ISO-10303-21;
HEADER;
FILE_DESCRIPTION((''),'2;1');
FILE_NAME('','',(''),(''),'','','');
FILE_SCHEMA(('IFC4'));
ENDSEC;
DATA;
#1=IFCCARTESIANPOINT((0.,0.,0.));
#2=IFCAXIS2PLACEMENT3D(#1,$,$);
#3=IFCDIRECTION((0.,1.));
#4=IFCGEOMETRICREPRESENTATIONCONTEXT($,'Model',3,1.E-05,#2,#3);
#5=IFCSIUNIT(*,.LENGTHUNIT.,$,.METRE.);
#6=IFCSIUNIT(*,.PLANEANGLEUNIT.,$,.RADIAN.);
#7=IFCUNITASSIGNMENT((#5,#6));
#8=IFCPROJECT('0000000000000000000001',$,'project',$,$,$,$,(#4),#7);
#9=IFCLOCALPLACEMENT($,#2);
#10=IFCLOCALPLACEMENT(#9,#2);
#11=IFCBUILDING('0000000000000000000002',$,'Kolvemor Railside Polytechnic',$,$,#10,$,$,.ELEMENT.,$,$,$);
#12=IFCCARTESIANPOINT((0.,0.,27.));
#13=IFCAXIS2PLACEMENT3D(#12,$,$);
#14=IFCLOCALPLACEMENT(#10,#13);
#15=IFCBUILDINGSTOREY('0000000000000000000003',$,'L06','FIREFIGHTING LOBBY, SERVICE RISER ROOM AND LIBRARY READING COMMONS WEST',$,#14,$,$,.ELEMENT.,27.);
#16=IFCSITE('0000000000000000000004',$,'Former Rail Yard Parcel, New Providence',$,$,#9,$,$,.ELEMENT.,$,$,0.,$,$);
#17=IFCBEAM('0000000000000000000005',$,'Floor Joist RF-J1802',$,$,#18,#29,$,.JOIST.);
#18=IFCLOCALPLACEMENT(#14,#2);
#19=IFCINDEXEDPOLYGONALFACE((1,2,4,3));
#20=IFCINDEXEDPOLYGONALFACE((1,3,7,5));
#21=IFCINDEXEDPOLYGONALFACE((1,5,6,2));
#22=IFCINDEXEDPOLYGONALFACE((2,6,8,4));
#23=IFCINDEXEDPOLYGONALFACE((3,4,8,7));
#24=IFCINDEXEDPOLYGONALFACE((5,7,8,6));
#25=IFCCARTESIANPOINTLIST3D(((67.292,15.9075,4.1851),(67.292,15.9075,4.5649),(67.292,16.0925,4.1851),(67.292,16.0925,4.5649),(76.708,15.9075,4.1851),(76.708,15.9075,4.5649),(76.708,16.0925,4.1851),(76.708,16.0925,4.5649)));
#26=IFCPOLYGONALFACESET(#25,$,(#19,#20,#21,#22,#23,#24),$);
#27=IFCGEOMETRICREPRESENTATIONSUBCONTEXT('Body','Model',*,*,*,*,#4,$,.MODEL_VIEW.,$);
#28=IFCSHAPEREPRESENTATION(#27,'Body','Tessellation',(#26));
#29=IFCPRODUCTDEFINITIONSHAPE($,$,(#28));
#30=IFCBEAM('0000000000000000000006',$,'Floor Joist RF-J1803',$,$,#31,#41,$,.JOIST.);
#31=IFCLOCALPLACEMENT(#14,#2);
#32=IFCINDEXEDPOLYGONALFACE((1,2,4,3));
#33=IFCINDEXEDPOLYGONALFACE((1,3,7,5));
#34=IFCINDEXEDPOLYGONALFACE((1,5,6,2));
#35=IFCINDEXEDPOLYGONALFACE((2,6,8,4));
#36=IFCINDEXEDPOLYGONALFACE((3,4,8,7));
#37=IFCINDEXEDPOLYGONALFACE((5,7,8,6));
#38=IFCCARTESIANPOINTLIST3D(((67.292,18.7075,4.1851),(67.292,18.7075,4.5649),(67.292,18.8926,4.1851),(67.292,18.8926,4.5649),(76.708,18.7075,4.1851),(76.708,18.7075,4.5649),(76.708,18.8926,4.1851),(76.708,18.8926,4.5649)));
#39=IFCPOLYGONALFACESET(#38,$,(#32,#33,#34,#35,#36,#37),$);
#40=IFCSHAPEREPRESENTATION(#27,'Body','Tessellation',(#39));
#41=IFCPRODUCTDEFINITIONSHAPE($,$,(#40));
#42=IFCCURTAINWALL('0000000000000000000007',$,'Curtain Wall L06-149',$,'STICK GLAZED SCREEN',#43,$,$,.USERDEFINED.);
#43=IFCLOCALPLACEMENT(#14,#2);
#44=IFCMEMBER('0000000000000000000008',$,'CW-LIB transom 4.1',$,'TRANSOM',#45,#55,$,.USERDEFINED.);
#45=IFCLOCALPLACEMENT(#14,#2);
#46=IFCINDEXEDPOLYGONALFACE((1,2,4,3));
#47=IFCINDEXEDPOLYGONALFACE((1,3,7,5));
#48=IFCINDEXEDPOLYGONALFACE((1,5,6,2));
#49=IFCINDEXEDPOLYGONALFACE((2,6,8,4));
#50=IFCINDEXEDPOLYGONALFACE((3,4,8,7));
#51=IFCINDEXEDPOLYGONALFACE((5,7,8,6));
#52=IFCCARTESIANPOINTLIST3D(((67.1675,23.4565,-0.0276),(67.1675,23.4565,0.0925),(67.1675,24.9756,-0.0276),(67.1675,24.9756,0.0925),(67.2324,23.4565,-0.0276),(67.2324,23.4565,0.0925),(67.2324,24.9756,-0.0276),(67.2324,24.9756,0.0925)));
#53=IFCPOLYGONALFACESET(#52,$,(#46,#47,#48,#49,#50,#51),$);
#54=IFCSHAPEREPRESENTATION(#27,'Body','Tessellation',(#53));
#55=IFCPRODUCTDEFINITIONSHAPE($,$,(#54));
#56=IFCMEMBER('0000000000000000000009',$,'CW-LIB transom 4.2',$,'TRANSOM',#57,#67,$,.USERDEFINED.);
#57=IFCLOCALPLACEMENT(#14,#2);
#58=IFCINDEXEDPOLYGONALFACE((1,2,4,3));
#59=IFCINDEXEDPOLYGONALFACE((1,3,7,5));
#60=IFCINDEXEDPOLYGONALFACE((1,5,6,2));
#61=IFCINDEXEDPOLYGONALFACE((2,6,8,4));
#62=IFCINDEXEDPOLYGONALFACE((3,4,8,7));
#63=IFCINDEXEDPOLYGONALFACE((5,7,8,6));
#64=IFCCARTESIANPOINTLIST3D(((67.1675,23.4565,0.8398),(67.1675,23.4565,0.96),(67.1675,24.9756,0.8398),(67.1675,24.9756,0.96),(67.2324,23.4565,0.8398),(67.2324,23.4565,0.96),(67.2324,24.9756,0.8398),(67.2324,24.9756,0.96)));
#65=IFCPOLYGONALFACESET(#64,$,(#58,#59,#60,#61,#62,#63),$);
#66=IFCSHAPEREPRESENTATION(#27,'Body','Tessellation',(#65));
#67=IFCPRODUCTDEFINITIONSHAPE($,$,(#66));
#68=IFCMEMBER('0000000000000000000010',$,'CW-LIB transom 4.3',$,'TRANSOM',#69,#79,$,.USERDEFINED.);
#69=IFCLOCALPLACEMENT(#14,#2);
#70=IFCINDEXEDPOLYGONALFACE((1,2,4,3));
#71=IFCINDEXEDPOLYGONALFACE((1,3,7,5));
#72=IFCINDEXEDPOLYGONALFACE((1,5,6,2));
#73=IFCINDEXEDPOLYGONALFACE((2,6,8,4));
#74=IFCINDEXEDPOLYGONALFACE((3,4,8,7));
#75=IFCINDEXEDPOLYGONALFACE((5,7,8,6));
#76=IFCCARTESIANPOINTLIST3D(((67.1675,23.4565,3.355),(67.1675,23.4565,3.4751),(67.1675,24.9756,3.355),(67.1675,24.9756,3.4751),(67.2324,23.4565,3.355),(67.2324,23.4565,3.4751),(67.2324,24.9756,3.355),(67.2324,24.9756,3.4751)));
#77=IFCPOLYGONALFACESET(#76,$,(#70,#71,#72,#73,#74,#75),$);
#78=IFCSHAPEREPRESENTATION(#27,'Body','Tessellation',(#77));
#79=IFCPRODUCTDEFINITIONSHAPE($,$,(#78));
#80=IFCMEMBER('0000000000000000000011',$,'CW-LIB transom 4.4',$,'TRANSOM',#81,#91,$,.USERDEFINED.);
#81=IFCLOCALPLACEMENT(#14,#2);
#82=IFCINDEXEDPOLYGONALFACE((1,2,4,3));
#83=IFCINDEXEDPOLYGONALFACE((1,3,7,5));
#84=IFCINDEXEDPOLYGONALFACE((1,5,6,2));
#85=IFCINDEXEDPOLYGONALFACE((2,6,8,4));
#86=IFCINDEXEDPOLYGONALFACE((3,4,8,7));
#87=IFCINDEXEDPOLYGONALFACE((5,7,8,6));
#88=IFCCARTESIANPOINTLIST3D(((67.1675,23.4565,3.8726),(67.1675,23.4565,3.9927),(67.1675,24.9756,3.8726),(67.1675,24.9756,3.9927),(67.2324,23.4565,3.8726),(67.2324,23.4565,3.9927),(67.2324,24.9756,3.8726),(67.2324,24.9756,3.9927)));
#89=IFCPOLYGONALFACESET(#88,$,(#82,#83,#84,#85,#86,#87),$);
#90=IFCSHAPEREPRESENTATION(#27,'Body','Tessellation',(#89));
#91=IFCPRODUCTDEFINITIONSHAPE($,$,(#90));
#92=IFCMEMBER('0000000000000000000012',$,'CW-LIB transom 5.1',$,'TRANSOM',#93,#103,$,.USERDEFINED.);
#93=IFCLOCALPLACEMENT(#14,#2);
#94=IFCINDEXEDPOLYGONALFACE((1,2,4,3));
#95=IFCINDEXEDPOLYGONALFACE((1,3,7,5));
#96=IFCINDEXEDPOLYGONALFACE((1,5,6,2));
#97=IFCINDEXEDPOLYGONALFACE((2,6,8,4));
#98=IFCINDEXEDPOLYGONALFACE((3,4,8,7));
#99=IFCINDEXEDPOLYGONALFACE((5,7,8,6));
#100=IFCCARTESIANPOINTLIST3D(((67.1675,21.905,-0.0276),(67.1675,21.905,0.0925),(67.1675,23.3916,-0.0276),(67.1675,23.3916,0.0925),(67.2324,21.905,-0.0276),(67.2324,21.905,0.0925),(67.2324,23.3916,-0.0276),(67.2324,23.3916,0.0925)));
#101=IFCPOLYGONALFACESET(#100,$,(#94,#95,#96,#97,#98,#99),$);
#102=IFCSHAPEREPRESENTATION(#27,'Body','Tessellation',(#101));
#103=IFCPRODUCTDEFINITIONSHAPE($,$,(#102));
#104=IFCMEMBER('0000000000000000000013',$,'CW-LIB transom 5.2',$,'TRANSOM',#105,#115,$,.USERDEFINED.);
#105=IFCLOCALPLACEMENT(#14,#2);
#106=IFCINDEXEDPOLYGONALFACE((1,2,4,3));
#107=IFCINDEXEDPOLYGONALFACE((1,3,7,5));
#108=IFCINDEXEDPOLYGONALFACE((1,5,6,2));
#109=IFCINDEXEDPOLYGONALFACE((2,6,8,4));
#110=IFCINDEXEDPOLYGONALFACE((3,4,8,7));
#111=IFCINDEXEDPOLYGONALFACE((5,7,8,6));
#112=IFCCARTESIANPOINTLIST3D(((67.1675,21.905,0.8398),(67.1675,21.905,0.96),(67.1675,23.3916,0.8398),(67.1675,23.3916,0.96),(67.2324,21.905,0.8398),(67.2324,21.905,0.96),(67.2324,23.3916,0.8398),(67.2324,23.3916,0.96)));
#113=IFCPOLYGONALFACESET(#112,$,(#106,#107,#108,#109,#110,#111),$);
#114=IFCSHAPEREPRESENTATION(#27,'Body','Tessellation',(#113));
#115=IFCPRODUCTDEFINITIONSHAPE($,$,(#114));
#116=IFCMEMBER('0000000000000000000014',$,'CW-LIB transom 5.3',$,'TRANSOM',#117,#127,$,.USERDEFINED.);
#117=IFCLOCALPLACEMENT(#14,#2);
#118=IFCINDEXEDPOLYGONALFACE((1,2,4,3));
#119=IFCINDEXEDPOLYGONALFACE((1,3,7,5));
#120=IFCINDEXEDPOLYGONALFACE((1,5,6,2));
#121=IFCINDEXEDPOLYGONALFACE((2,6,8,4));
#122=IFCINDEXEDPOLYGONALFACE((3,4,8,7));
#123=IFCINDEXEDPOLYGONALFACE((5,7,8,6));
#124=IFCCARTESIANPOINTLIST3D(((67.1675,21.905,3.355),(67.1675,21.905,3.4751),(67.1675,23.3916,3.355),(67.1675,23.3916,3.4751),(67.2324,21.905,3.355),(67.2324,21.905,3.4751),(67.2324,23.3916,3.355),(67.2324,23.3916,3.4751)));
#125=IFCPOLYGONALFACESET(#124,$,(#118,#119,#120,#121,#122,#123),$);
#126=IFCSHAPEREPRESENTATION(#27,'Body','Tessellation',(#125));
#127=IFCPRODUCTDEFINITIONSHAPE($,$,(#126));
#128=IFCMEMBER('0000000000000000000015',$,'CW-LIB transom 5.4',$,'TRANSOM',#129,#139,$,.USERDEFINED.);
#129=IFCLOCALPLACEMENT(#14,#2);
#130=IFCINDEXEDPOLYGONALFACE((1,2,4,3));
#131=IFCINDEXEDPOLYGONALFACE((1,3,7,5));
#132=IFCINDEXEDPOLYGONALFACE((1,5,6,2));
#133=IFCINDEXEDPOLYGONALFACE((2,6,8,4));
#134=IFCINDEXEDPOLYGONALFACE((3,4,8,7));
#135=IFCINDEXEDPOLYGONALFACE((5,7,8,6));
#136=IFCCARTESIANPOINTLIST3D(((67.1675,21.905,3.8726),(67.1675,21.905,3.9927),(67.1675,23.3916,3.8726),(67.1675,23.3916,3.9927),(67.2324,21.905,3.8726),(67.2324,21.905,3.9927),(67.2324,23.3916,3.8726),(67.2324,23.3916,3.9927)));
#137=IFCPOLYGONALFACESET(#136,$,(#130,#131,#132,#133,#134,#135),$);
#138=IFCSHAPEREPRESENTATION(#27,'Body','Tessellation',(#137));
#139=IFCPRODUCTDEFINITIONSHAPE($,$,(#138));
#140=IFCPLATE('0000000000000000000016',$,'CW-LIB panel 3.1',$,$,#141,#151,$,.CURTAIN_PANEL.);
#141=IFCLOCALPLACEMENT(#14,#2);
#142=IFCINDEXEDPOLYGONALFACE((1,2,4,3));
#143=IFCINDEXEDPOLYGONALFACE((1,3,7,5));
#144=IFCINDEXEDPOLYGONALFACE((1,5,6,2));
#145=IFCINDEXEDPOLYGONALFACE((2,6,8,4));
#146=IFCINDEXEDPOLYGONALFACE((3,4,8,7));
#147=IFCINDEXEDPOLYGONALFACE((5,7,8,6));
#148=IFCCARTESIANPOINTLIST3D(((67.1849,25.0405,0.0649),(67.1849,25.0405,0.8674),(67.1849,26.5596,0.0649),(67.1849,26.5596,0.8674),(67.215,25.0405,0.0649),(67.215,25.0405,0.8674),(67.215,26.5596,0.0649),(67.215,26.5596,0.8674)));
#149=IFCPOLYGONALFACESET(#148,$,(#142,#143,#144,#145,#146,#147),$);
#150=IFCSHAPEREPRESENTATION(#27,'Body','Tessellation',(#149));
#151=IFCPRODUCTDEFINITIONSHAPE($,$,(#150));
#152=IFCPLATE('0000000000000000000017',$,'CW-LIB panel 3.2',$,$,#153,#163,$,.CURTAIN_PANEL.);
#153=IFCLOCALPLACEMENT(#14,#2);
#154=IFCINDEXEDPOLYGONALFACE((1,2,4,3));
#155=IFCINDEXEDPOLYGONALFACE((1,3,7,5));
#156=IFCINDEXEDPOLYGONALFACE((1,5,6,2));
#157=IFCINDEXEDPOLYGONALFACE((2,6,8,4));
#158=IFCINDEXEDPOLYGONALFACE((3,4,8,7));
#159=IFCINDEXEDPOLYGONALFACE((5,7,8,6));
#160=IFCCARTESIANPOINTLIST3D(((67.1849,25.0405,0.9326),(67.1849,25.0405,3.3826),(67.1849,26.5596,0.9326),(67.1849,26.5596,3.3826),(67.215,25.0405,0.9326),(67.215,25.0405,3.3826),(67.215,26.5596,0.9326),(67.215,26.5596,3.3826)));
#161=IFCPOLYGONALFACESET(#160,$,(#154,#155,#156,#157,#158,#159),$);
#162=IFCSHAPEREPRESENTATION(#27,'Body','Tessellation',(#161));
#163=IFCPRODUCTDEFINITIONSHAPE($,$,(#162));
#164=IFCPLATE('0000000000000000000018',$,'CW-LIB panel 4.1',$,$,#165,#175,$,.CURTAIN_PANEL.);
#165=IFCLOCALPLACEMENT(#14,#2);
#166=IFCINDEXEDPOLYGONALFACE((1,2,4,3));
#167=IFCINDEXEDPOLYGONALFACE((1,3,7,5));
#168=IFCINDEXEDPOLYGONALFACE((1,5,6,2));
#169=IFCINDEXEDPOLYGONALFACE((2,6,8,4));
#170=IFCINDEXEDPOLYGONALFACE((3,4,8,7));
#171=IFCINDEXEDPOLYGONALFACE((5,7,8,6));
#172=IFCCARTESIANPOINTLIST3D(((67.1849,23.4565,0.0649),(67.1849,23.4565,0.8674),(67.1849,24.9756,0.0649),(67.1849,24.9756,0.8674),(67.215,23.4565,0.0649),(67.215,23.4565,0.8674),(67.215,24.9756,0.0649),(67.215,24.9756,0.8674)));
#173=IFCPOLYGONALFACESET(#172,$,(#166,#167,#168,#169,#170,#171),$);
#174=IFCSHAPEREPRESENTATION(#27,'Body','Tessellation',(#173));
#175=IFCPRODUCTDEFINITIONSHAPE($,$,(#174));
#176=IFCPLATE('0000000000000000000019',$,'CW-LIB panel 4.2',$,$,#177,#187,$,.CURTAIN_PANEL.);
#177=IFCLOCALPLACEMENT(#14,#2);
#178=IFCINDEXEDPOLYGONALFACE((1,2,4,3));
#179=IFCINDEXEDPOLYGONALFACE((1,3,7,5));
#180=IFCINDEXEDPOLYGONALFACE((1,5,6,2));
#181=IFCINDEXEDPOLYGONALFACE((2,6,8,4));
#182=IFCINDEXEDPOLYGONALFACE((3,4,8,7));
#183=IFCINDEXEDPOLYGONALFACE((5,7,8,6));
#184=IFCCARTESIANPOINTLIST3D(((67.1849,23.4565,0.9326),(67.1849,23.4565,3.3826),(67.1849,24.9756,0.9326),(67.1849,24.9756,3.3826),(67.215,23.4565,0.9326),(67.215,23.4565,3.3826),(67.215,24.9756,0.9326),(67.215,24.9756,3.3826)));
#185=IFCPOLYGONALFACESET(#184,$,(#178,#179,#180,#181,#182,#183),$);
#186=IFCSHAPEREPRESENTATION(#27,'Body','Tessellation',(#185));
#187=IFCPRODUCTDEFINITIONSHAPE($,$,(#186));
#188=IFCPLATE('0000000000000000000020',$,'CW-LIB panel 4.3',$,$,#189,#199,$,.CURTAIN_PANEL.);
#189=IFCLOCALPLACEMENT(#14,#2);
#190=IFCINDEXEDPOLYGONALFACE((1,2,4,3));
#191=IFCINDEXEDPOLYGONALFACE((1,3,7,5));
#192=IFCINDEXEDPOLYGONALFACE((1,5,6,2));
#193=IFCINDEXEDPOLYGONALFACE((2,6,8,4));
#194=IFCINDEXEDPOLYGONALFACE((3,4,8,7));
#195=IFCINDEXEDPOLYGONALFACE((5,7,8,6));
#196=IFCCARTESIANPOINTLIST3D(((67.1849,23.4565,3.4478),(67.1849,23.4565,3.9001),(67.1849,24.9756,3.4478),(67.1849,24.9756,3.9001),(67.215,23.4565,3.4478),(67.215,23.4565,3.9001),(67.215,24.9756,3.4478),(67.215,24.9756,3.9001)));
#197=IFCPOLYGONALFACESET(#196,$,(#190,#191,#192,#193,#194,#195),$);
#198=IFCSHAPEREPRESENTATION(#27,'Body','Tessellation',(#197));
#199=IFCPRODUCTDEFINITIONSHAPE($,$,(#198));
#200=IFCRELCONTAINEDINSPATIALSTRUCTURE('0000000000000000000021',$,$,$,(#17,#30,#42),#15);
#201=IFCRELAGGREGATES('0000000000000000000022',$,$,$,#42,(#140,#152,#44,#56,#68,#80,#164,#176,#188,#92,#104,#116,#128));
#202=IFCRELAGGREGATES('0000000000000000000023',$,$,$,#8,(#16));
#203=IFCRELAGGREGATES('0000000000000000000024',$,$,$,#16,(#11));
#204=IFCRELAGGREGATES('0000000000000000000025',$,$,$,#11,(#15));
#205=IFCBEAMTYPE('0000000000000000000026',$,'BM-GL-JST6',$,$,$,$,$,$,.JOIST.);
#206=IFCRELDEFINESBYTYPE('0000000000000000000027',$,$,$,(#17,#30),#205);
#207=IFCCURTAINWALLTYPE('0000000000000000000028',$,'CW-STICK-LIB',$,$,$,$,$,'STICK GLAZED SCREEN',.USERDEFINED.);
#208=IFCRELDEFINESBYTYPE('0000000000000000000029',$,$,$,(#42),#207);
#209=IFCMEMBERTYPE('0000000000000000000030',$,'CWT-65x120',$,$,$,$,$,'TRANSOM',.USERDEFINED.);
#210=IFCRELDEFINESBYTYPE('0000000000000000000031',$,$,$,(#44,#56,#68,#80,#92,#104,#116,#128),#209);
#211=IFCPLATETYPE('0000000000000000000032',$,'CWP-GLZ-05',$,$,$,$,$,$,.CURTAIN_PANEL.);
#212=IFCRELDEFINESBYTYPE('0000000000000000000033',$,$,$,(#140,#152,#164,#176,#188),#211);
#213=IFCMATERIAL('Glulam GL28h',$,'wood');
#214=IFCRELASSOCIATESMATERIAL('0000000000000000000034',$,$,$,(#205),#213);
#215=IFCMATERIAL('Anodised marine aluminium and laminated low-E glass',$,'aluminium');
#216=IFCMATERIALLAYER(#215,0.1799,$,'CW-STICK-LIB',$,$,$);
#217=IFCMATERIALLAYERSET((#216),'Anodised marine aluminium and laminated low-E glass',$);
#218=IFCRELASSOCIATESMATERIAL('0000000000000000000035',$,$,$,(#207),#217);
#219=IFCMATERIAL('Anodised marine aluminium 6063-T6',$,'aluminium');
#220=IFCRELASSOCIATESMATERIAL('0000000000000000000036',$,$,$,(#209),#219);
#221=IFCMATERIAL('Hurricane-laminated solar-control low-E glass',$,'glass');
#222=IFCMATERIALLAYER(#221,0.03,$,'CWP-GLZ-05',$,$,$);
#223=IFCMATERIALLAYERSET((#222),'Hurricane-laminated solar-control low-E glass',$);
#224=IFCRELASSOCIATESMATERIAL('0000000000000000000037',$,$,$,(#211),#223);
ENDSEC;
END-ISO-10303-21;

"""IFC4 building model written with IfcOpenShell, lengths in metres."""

from ifc_helpers import new_model, si_unit, direction, frame, origin, origin_2d, place, context, subcontext, project, spatial, rectangle, extrude, material, layer, layer_set, material_profile, profile_set, type_object, element, aggregate, save


model = new_model("IFC4")

# Units and contexts
model_context = context("Model", 3, precision=1e-05, world=origin(), true_north=direction((0.0, 1.0)))
body_context = subcontext(model_context, "Body", "Model", "MODEL_VIEW")
ifc_project = project(units=[si_unit("LENGTHUNIT", "METRE"), si_unit("PLANEANGLEUNIT", "RADIAN")], contexts=[model_context])

# Site, building, storey
site_placement = place(None, origin())
site = spatial("IfcSite", under=ifc_project, at=site_placement, Name="Former Rail Yard Parcel, New Providence", CompositionType="ELEMENT", RefElevation=0.0)
building_placement = place(site_placement, origin())
building = spatial("IfcBuilding", under=site, at=building_placement, Name="Kolvemor Railside Polytechnic", CompositionType="ELEMENT")
storey_placement = place(building_placement, frame((0.0, 0.0, 27.0)))
storey = spatial("IfcBuildingStorey", under=building, at=storey_placement, Name="L06", Description="FIREFIGHTING LOBBY, SERVICE RISER ROOM AND LIBRARY READING COMMONS WEST", CompositionType="ELEMENT", Elevation=27.0)

# Beams
ifc_material_1 = material(Name="Glulam GL28h", Category="wood")
ifc_material_profile_1 = material_profile(ifc_material_1, rectangle(XDim=0.1851, YDim=0.3799, at=origin_2d()), Name="GL185x380")
ifc_profile_set_1 = profile_set([ifc_material_profile_1], Name="Glulam GL28h")
beam_type = type_object("IfcBeamType", Name="BM-GL-JST6", PredefinedType="JOIST", material=ifc_profile_set_1)
for number, where, z_axis, x_axis, name in (
    (1, (67.292, 16.0, 4.375), (1.0, 0.0, 0.0), (0.0, 1.0, 0.0), "Floor Joist RF-J1802"),
    (2, (67.292, 18.8, 4.375), (1.0, 0.0, 0.0), (0.0, 1.0, 0.0), "Floor Joist RF-J1803"),
):
    element("IfcBeam", number, at=place(storey_placement, frame(where, z_axis=z_axis, x_axis=x_axis)), inside=storey, type_object=beam_type, Name=name, PredefinedType="JOIST", context=body_context, shape_type="SweptSolid", body=[
        extrude(rectangle(XDim=0.1851, YDim=0.3799, at=origin_2d()), origin(), (0.0, 0.0, 1.0), 9.416),
    ])

# Curtain wall, members, plates
ifc_material_2 = material(Name="Anodised marine aluminium and laminated low-E glass", Category="aluminium")
ifc_layer_1 = layer(ifc_material_2, 0.1799, Name="CW-STICK-LIB")
ifc_layer_set_1 = layer_set([ifc_layer_1], Name="Anodised marine aluminium and laminated low-E glass")
curtain_wall_type = type_object("IfcCurtainWallType", Name="CW-STICK-LIB", ElementType="STICK GLAZED SCREEN", PredefinedType="USERDEFINED", material=ifc_layer_set_1)
curtain_wall_placement = place(storey_placement, origin())
curtain_wall = element("IfcCurtainWall", 3, at=curtain_wall_placement, inside=storey, type_object=curtain_wall_type, Name="Curtain Wall L06-149", ObjectType="STICK GLAZED SCREEN", PredefinedType="USERDEFINED")
ifc_material_3 = material(Name="Anodised marine aluminium 6063-T6", Category="aluminium")
ifc_material_profile_2 = material_profile(ifc_material_3, rectangle(XDim=0.0649, YDim=0.1201, at=origin_2d()), Name="CW-TRN-65x120")
ifc_profile_set_2 = profile_set([ifc_material_profile_2], Name="Anodised marine aluminium 6063-T6")
member_type = type_object("IfcMemberType", Name="CWT-65x120", ElementType="TRANSOM", PredefinedType="USERDEFINED", material=ifc_profile_set_2)
member_1_placement = place(storey_placement, frame((67.2, 24.9756, 0.0325), z_axis=(0.0, -1.0, 0.0), x_axis=(1.0, 0.0, 0.0)))
member_1 = element("IfcMember", 4, at=member_1_placement, type_object=member_type, Name="CW-LIB transom 4.1", ObjectType="TRANSOM", PredefinedType="USERDEFINED", context=body_context, shape_type="SweptSolid", body=[
    extrude(rectangle(XDim=0.0649, YDim=0.1201, at=origin_2d()), origin(), (0.0, 0.0, 1.0), 1.519),
])
member_2_placement = place(storey_placement, frame((67.2, 24.9756, 0.8999), z_axis=(0.0, -1.0, 0.0), x_axis=(1.0, 0.0, 0.0)))
member_2 = element("IfcMember", 5, at=member_2_placement, type_object=member_type, Name="CW-LIB transom 4.2", ObjectType="TRANSOM", PredefinedType="USERDEFINED", context=body_context, shape_type="SweptSolid", body=[
    extrude(rectangle(XDim=0.0649, YDim=0.1201, at=origin_2d()), origin(), (0.0, 0.0, 1.0), 1.519),
])
member_3_placement = place(storey_placement, frame((67.2, 24.9756, 3.415), z_axis=(0.0, -1.0, 0.0), x_axis=(1.0, 0.0, 0.0)))
member_3 = element("IfcMember", 6, at=member_3_placement, type_object=member_type, Name="CW-LIB transom 4.3", ObjectType="TRANSOM", PredefinedType="USERDEFINED", context=body_context, shape_type="SweptSolid", body=[
    extrude(rectangle(XDim=0.0649, YDim=0.1201, at=origin_2d()), origin(), (0.0, 0.0, 1.0), 1.519),
])
member_4_placement = place(storey_placement, frame((67.2, 24.9756, 3.9326), z_axis=(0.0, -1.0, 0.0), x_axis=(1.0, 0.0, 0.0)))
member_4 = element("IfcMember", 7, at=member_4_placement, type_object=member_type, Name="CW-LIB transom 4.4", ObjectType="TRANSOM", PredefinedType="USERDEFINED", context=body_context, shape_type="SweptSolid", body=[
    extrude(rectangle(XDim=0.0649, YDim=0.1201, at=origin_2d()), origin(), (0.0, 0.0, 1.0), 1.519),
])
member_5_placement = place(storey_placement, frame((67.2, 23.3916, 0.0325), z_axis=(0.0, -1.0, 0.0), x_axis=(1.0, 0.0, 0.0)))
member_5 = element("IfcMember", 8, at=member_5_placement, type_object=member_type, Name="CW-LIB transom 5.1", ObjectType="TRANSOM", PredefinedType="USERDEFINED", context=body_context, shape_type="SweptSolid", body=[
    extrude(rectangle(XDim=0.0649, YDim=0.1201, at=origin_2d()), origin(), (0.0, 0.0, 1.0), 1.4866),
])
member_6_placement = place(storey_placement, frame((67.2, 23.3916, 0.8999), z_axis=(0.0, -1.0, 0.0), x_axis=(1.0, 0.0, 0.0)))
member_6 = element("IfcMember", 9, at=member_6_placement, type_object=member_type, Name="CW-LIB transom 5.2", ObjectType="TRANSOM", PredefinedType="USERDEFINED", context=body_context, shape_type="SweptSolid", body=[
    extrude(rectangle(XDim=0.0649, YDim=0.1201, at=origin_2d()), origin(), (0.0, 0.0, 1.0), 1.4866),
])
member_7_placement = place(storey_placement, frame((67.2, 23.3916, 3.415), z_axis=(0.0, -1.0, 0.0), x_axis=(1.0, 0.0, 0.0)))
member_7 = element("IfcMember", 10, at=member_7_placement, type_object=member_type, Name="CW-LIB transom 5.3", ObjectType="TRANSOM", PredefinedType="USERDEFINED", context=body_context, shape_type="SweptSolid", body=[
    extrude(rectangle(XDim=0.0649, YDim=0.1201, at=origin_2d()), origin(), (0.0, 0.0, 1.0), 1.4866),
])
member_8_placement = place(storey_placement, frame((67.2, 23.3916, 3.9326), z_axis=(0.0, -1.0, 0.0), x_axis=(1.0, 0.0, 0.0)))
member_8 = element("IfcMember", 11, at=member_8_placement, type_object=member_type, Name="CW-LIB transom 5.4", ObjectType="TRANSOM", PredefinedType="USERDEFINED", context=body_context, shape_type="SweptSolid", body=[
    extrude(rectangle(XDim=0.0649, YDim=0.1201, at=origin_2d()), origin(), (0.0, 0.0, 1.0), 1.4866),
])
ifc_material_4 = material(Name="Hurricane-laminated solar-control low-E glass", Category="glass")
ifc_layer_2 = layer(ifc_material_4, 0.03, Name="CWP-GLZ-05")
ifc_layer_set_2 = layer_set([ifc_layer_2], Name="Hurricane-laminated solar-control low-E glass")
plate_type = type_object("IfcPlateType", Name="CWP-GLZ-05", PredefinedType="CURTAIN_PANEL", material=ifc_layer_set_2)
plate_1_placement = place(storey_placement, frame((67.2, 25.8, 0.0649), z_axis=(0.0, 0.0, 1.0), x_axis=(0.0, -1.0, 0.0)))
plate_1 = element("IfcPlate", 12, at=plate_1_placement, type_object=plate_type, Name="CW-LIB panel 3.1", PredefinedType="CURTAIN_PANEL", context=body_context, shape_type="SweptSolid", body=[
    extrude(rectangle(XDim=1.519, YDim=0.03, at=origin_2d()), origin(), (0.0, 0.0, 1.0), 0.8025),
])
plate_2_placement = place(storey_placement, frame((67.2, 25.8, 0.9326), z_axis=(0.0, 0.0, 1.0), x_axis=(0.0, -1.0, 0.0)))
plate_2 = element("IfcPlate", 13, at=plate_2_placement, type_object=plate_type, Name="CW-LIB panel 3.2", PredefinedType="CURTAIN_PANEL", context=body_context, shape_type="SweptSolid", body=[
    extrude(rectangle(XDim=1.519, YDim=0.03, at=origin_2d()), origin(), (0.0, 0.0, 1.0), 2.45),
])
plate_3_placement = place(storey_placement, frame((67.2, 24.2161, 0.0649), z_axis=(0.0, 0.0, 1.0), x_axis=(0.0, -1.0, 0.0)))
plate_3 = element("IfcPlate", 14, at=plate_3_placement, type_object=plate_type, Name="CW-LIB panel 4.1", PredefinedType="CURTAIN_PANEL", context=body_context, shape_type="SweptSolid", body=[
    extrude(rectangle(XDim=1.519, YDim=0.03, at=origin_2d()), origin(), (0.0, 0.0, 1.0), 0.8025),
])
plate_4_placement = place(storey_placement, frame((67.2, 24.2161, 0.9326), z_axis=(0.0, 0.0, 1.0), x_axis=(0.0, -1.0, 0.0)))
plate_4 = element("IfcPlate", 15, at=plate_4_placement, type_object=plate_type, Name="CW-LIB panel 4.2", PredefinedType="CURTAIN_PANEL", context=body_context, shape_type="SweptSolid", body=[
    extrude(rectangle(XDim=1.519, YDim=0.03, at=origin_2d()), origin(), (0.0, 0.0, 1.0), 2.45),
])
plate_5_placement = place(storey_placement, frame((67.2, 24.2161, 3.4478), z_axis=(0.0, 0.0, 1.0), x_axis=(0.0, -1.0, 0.0)))
plate_5 = element("IfcPlate", 16, at=plate_5_placement, type_object=plate_type, Name="CW-LIB panel 4.3", PredefinedType="CURTAIN_PANEL", context=body_context, shape_type="SweptSolid", body=[
    extrude(rectangle(XDim=1.519, YDim=0.03, at=origin_2d()), origin(), (0.0, 0.0, 1.0), 0.4524),
])
aggregate(curtain_wall, [plate_1, plate_2, member_1, member_2, member_3, member_4, plate_3, plate_4, plate_5, member_5, member_6, member_7, member_8])

save(model, "model.ifc")
